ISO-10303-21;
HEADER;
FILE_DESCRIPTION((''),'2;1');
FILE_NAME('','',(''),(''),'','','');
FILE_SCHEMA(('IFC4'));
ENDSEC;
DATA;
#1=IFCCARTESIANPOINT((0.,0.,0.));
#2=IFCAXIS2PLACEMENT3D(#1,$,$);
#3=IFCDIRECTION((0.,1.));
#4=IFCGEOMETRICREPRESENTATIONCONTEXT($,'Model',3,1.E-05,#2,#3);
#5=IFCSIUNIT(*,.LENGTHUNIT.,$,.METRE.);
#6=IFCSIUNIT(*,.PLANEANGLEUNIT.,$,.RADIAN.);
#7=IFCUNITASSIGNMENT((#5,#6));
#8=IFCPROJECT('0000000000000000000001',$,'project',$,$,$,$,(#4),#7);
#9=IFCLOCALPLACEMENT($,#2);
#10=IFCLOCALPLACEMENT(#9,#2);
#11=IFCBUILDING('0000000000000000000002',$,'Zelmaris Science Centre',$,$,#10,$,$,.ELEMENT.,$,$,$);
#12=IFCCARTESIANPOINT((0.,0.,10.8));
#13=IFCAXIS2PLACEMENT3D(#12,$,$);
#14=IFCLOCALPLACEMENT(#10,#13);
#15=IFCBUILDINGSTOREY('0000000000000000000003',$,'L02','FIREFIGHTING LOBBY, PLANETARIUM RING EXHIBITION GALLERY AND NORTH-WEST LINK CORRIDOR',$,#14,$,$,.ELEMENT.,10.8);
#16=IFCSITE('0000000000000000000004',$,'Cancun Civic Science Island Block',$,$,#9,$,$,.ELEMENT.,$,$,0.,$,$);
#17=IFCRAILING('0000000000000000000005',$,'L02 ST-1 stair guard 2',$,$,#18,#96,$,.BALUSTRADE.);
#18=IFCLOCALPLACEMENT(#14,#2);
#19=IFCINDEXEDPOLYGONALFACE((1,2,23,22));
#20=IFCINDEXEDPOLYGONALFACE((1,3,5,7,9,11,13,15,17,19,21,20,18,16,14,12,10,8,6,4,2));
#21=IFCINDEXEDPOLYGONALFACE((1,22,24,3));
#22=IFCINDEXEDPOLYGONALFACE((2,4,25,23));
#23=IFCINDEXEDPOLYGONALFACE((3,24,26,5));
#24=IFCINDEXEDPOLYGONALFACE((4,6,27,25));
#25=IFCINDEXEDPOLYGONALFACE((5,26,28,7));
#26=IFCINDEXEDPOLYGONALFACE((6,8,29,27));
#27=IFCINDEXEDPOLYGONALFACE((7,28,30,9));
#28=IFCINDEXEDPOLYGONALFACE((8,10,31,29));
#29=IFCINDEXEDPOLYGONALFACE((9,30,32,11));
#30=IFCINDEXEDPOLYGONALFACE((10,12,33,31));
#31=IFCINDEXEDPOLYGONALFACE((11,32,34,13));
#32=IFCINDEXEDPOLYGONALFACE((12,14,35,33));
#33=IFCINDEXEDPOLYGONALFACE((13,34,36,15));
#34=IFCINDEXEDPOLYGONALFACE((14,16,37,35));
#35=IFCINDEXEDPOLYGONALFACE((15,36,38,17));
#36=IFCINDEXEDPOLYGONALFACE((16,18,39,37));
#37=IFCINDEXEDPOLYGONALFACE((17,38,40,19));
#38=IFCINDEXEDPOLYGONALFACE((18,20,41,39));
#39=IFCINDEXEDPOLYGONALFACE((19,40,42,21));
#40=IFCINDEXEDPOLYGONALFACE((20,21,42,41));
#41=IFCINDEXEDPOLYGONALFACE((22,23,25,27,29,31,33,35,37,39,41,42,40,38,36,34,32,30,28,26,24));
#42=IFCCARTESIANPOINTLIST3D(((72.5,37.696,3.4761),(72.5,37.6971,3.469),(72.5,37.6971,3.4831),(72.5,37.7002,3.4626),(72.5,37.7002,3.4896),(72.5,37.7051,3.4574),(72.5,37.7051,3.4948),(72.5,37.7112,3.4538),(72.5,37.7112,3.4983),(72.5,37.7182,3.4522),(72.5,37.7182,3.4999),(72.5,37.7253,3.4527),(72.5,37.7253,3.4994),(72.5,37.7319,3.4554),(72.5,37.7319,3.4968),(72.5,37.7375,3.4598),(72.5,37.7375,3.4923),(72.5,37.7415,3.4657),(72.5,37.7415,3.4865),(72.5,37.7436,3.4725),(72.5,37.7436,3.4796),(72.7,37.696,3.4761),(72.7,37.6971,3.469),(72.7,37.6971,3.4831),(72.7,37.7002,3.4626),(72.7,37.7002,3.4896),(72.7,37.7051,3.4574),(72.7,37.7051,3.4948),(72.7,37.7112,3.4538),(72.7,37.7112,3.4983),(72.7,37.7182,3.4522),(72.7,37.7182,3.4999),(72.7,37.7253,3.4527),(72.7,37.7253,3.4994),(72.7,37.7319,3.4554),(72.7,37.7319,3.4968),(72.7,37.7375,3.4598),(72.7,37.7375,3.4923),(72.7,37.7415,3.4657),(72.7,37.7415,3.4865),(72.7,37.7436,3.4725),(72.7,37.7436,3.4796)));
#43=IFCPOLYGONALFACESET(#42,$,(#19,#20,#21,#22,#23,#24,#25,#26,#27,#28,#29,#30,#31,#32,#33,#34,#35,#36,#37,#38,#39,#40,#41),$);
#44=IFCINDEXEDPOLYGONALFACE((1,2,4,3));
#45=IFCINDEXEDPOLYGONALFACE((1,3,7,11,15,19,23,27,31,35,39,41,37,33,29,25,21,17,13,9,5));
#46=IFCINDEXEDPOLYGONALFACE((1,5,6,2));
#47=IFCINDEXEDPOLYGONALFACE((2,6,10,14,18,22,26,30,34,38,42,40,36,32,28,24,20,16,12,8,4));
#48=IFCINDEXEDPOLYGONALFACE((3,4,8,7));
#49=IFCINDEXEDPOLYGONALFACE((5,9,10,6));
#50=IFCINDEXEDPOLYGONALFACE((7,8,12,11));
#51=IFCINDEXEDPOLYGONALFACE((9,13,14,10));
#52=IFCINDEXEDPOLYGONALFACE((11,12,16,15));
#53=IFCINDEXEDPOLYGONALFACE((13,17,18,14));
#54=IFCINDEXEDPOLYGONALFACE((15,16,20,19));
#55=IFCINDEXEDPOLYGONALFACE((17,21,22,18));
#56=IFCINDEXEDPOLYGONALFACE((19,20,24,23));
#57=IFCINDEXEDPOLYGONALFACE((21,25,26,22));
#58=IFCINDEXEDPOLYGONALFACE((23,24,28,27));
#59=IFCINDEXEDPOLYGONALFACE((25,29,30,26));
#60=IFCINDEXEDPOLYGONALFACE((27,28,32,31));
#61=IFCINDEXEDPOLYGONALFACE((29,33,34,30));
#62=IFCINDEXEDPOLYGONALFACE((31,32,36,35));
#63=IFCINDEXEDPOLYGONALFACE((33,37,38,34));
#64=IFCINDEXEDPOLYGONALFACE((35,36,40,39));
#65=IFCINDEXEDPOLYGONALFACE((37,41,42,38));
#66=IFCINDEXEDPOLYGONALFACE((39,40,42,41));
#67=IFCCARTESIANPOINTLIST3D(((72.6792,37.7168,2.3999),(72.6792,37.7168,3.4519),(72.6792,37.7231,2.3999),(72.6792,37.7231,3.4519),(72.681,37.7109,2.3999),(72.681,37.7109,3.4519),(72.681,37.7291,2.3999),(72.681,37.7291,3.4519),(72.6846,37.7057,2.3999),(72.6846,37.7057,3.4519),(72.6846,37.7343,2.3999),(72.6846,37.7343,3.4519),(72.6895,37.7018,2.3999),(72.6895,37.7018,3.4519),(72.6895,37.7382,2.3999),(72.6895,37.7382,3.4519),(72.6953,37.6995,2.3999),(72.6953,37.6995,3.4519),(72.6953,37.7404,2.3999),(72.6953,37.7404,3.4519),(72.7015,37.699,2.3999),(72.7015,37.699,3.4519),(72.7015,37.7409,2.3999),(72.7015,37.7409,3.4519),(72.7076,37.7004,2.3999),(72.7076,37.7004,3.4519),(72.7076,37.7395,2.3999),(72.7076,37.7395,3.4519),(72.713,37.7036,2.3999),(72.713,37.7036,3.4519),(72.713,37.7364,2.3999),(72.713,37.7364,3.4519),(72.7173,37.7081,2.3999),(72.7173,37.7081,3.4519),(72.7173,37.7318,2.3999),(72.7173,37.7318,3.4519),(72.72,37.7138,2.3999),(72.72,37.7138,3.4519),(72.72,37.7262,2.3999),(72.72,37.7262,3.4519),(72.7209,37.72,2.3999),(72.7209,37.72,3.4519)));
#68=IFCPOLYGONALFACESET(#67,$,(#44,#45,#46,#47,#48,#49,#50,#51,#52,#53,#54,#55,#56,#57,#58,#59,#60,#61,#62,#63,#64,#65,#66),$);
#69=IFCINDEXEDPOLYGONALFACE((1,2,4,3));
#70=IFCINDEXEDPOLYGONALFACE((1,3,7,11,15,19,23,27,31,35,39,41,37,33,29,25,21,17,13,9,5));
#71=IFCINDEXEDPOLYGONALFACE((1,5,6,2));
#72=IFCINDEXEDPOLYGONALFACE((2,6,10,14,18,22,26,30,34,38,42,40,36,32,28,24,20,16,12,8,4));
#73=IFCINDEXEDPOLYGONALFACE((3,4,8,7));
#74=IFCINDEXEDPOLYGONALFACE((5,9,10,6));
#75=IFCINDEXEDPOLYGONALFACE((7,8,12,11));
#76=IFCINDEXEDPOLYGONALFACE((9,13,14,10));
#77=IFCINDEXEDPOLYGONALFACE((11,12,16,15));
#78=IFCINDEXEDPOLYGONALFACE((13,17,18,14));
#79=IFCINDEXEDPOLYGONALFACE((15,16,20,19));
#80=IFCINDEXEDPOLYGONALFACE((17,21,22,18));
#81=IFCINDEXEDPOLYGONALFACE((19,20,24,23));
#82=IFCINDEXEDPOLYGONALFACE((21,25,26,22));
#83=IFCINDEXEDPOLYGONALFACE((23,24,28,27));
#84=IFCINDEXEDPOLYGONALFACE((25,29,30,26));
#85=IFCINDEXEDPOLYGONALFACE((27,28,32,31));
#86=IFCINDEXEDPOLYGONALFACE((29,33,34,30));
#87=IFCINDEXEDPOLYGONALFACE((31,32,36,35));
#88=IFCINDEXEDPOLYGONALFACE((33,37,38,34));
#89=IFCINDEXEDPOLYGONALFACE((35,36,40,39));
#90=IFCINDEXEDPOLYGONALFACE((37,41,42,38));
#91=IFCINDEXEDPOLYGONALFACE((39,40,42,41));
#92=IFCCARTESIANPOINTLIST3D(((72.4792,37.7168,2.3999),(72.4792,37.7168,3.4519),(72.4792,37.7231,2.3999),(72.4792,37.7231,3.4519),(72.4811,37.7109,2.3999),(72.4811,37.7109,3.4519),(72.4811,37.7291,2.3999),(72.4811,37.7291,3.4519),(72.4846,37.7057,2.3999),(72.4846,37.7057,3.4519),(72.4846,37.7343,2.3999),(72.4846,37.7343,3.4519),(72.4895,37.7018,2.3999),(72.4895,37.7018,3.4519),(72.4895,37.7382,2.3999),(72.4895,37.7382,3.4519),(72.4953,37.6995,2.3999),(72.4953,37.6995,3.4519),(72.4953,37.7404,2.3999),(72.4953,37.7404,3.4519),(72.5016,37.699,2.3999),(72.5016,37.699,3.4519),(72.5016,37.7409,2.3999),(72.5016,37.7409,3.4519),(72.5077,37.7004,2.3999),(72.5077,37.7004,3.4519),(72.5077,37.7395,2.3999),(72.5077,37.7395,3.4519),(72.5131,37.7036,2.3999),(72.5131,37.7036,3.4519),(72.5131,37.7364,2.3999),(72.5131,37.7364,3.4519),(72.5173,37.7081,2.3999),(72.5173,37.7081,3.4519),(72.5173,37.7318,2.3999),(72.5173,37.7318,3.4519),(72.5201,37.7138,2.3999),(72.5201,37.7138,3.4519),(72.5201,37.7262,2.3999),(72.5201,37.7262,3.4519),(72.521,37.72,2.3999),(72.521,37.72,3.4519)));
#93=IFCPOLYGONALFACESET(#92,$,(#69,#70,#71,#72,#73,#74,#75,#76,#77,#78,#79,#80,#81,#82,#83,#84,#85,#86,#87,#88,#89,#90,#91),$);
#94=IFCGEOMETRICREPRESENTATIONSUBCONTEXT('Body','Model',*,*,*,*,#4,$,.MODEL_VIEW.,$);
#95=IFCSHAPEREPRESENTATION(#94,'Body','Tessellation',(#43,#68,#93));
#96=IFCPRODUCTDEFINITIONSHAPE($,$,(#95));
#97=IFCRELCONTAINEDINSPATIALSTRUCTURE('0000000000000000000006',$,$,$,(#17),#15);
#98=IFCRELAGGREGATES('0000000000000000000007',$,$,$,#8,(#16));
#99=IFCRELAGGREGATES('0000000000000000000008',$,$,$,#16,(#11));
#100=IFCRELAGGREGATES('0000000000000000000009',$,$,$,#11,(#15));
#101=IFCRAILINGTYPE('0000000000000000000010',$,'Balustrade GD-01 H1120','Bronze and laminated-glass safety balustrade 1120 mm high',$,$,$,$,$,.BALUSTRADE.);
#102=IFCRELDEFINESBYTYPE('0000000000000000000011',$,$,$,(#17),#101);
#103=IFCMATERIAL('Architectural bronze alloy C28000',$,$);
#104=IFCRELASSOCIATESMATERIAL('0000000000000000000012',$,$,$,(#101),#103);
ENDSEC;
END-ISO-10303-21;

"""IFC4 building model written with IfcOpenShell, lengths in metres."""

from ifc_helpers import new_model, si_unit, direction, frame, origin, origin_2d, place, context, subcontext, project, spatial, circle, extrude, material, type_object, element, save


model = new_model("IFC4")

# Units and contexts
model_context = context("Model", 3, precision=1e-05, world=origin(), true_north=direction((0.0, 1.0)))
body_context = subcontext(model_context, "Body", "Model", "MODEL_VIEW")
ifc_project = project(units=[si_unit("LENGTHUNIT", "METRE"), si_unit("PLANEANGLEUNIT", "RADIAN")], contexts=[model_context])

# Site, building, storey
site_placement = place(None, origin())
site = spatial("IfcSite", under=ifc_project, at=site_placement, Name="Cancun Civic Science Island Block", CompositionType="ELEMENT", RefElevation=0.0)
building_placement = place(site_placement, origin())
building = spatial("IfcBuilding", under=site, at=building_placement, Name="Zelmaris Science Centre", CompositionType="ELEMENT")
storey_placement = place(building_placement, frame((0.0, 0.0, 10.8)))
storey = spatial("IfcBuildingStorey", under=building, at=storey_placement, Name="L02", Description="FIREFIGHTING LOBBY, PLANETARIUM RING EXHIBITION GALLERY AND NORTH-WEST LINK CORRIDOR", CompositionType="ELEMENT", Elevation=10.8)

# Railing
ifc_material_1 = material(Name="Architectural bronze alloy C28000")
railing_type_1 = type_object("IfcRailingType", Name="Balustrade GD-01 H1120", Description="Bronze and laminated-glass safety balustrade 1120 mm high", PredefinedType="BALUSTRADE", material=ifc_material_1)
railing_1_placement = place(storey_placement, frame((72.7, 37.72, 2.3999)))
element("IfcRailing", 1, at=railing_1_placement, inside=storey, type_object=railing_type_1, Name="L02 ST-1 stair guard 2", PredefinedType="BALUSTRADE", context=body_context, shape_type="SweptSolid", body=[
    extrude(circle(Radius=0.0239, at=origin_2d()), frame((0.0, 0.0, 1.0762), z_axis=(-1.0, 0.0, 0.0), x_axis=(0.0, -1.0, 0.0)), (0.0, 0.0, 1.0), 0.2),
    extrude(circle(Radius=0.021, at=origin_2d()), origin(), (0.0, 0.0, 1.0), 1.052),
    extrude(circle(Radius=0.021, at=origin_2d()), frame((-0.2, 0.0, 0.0)), (0.0, 0.0, 1.0), 1.052),
])

save(model, "model.ifc")
